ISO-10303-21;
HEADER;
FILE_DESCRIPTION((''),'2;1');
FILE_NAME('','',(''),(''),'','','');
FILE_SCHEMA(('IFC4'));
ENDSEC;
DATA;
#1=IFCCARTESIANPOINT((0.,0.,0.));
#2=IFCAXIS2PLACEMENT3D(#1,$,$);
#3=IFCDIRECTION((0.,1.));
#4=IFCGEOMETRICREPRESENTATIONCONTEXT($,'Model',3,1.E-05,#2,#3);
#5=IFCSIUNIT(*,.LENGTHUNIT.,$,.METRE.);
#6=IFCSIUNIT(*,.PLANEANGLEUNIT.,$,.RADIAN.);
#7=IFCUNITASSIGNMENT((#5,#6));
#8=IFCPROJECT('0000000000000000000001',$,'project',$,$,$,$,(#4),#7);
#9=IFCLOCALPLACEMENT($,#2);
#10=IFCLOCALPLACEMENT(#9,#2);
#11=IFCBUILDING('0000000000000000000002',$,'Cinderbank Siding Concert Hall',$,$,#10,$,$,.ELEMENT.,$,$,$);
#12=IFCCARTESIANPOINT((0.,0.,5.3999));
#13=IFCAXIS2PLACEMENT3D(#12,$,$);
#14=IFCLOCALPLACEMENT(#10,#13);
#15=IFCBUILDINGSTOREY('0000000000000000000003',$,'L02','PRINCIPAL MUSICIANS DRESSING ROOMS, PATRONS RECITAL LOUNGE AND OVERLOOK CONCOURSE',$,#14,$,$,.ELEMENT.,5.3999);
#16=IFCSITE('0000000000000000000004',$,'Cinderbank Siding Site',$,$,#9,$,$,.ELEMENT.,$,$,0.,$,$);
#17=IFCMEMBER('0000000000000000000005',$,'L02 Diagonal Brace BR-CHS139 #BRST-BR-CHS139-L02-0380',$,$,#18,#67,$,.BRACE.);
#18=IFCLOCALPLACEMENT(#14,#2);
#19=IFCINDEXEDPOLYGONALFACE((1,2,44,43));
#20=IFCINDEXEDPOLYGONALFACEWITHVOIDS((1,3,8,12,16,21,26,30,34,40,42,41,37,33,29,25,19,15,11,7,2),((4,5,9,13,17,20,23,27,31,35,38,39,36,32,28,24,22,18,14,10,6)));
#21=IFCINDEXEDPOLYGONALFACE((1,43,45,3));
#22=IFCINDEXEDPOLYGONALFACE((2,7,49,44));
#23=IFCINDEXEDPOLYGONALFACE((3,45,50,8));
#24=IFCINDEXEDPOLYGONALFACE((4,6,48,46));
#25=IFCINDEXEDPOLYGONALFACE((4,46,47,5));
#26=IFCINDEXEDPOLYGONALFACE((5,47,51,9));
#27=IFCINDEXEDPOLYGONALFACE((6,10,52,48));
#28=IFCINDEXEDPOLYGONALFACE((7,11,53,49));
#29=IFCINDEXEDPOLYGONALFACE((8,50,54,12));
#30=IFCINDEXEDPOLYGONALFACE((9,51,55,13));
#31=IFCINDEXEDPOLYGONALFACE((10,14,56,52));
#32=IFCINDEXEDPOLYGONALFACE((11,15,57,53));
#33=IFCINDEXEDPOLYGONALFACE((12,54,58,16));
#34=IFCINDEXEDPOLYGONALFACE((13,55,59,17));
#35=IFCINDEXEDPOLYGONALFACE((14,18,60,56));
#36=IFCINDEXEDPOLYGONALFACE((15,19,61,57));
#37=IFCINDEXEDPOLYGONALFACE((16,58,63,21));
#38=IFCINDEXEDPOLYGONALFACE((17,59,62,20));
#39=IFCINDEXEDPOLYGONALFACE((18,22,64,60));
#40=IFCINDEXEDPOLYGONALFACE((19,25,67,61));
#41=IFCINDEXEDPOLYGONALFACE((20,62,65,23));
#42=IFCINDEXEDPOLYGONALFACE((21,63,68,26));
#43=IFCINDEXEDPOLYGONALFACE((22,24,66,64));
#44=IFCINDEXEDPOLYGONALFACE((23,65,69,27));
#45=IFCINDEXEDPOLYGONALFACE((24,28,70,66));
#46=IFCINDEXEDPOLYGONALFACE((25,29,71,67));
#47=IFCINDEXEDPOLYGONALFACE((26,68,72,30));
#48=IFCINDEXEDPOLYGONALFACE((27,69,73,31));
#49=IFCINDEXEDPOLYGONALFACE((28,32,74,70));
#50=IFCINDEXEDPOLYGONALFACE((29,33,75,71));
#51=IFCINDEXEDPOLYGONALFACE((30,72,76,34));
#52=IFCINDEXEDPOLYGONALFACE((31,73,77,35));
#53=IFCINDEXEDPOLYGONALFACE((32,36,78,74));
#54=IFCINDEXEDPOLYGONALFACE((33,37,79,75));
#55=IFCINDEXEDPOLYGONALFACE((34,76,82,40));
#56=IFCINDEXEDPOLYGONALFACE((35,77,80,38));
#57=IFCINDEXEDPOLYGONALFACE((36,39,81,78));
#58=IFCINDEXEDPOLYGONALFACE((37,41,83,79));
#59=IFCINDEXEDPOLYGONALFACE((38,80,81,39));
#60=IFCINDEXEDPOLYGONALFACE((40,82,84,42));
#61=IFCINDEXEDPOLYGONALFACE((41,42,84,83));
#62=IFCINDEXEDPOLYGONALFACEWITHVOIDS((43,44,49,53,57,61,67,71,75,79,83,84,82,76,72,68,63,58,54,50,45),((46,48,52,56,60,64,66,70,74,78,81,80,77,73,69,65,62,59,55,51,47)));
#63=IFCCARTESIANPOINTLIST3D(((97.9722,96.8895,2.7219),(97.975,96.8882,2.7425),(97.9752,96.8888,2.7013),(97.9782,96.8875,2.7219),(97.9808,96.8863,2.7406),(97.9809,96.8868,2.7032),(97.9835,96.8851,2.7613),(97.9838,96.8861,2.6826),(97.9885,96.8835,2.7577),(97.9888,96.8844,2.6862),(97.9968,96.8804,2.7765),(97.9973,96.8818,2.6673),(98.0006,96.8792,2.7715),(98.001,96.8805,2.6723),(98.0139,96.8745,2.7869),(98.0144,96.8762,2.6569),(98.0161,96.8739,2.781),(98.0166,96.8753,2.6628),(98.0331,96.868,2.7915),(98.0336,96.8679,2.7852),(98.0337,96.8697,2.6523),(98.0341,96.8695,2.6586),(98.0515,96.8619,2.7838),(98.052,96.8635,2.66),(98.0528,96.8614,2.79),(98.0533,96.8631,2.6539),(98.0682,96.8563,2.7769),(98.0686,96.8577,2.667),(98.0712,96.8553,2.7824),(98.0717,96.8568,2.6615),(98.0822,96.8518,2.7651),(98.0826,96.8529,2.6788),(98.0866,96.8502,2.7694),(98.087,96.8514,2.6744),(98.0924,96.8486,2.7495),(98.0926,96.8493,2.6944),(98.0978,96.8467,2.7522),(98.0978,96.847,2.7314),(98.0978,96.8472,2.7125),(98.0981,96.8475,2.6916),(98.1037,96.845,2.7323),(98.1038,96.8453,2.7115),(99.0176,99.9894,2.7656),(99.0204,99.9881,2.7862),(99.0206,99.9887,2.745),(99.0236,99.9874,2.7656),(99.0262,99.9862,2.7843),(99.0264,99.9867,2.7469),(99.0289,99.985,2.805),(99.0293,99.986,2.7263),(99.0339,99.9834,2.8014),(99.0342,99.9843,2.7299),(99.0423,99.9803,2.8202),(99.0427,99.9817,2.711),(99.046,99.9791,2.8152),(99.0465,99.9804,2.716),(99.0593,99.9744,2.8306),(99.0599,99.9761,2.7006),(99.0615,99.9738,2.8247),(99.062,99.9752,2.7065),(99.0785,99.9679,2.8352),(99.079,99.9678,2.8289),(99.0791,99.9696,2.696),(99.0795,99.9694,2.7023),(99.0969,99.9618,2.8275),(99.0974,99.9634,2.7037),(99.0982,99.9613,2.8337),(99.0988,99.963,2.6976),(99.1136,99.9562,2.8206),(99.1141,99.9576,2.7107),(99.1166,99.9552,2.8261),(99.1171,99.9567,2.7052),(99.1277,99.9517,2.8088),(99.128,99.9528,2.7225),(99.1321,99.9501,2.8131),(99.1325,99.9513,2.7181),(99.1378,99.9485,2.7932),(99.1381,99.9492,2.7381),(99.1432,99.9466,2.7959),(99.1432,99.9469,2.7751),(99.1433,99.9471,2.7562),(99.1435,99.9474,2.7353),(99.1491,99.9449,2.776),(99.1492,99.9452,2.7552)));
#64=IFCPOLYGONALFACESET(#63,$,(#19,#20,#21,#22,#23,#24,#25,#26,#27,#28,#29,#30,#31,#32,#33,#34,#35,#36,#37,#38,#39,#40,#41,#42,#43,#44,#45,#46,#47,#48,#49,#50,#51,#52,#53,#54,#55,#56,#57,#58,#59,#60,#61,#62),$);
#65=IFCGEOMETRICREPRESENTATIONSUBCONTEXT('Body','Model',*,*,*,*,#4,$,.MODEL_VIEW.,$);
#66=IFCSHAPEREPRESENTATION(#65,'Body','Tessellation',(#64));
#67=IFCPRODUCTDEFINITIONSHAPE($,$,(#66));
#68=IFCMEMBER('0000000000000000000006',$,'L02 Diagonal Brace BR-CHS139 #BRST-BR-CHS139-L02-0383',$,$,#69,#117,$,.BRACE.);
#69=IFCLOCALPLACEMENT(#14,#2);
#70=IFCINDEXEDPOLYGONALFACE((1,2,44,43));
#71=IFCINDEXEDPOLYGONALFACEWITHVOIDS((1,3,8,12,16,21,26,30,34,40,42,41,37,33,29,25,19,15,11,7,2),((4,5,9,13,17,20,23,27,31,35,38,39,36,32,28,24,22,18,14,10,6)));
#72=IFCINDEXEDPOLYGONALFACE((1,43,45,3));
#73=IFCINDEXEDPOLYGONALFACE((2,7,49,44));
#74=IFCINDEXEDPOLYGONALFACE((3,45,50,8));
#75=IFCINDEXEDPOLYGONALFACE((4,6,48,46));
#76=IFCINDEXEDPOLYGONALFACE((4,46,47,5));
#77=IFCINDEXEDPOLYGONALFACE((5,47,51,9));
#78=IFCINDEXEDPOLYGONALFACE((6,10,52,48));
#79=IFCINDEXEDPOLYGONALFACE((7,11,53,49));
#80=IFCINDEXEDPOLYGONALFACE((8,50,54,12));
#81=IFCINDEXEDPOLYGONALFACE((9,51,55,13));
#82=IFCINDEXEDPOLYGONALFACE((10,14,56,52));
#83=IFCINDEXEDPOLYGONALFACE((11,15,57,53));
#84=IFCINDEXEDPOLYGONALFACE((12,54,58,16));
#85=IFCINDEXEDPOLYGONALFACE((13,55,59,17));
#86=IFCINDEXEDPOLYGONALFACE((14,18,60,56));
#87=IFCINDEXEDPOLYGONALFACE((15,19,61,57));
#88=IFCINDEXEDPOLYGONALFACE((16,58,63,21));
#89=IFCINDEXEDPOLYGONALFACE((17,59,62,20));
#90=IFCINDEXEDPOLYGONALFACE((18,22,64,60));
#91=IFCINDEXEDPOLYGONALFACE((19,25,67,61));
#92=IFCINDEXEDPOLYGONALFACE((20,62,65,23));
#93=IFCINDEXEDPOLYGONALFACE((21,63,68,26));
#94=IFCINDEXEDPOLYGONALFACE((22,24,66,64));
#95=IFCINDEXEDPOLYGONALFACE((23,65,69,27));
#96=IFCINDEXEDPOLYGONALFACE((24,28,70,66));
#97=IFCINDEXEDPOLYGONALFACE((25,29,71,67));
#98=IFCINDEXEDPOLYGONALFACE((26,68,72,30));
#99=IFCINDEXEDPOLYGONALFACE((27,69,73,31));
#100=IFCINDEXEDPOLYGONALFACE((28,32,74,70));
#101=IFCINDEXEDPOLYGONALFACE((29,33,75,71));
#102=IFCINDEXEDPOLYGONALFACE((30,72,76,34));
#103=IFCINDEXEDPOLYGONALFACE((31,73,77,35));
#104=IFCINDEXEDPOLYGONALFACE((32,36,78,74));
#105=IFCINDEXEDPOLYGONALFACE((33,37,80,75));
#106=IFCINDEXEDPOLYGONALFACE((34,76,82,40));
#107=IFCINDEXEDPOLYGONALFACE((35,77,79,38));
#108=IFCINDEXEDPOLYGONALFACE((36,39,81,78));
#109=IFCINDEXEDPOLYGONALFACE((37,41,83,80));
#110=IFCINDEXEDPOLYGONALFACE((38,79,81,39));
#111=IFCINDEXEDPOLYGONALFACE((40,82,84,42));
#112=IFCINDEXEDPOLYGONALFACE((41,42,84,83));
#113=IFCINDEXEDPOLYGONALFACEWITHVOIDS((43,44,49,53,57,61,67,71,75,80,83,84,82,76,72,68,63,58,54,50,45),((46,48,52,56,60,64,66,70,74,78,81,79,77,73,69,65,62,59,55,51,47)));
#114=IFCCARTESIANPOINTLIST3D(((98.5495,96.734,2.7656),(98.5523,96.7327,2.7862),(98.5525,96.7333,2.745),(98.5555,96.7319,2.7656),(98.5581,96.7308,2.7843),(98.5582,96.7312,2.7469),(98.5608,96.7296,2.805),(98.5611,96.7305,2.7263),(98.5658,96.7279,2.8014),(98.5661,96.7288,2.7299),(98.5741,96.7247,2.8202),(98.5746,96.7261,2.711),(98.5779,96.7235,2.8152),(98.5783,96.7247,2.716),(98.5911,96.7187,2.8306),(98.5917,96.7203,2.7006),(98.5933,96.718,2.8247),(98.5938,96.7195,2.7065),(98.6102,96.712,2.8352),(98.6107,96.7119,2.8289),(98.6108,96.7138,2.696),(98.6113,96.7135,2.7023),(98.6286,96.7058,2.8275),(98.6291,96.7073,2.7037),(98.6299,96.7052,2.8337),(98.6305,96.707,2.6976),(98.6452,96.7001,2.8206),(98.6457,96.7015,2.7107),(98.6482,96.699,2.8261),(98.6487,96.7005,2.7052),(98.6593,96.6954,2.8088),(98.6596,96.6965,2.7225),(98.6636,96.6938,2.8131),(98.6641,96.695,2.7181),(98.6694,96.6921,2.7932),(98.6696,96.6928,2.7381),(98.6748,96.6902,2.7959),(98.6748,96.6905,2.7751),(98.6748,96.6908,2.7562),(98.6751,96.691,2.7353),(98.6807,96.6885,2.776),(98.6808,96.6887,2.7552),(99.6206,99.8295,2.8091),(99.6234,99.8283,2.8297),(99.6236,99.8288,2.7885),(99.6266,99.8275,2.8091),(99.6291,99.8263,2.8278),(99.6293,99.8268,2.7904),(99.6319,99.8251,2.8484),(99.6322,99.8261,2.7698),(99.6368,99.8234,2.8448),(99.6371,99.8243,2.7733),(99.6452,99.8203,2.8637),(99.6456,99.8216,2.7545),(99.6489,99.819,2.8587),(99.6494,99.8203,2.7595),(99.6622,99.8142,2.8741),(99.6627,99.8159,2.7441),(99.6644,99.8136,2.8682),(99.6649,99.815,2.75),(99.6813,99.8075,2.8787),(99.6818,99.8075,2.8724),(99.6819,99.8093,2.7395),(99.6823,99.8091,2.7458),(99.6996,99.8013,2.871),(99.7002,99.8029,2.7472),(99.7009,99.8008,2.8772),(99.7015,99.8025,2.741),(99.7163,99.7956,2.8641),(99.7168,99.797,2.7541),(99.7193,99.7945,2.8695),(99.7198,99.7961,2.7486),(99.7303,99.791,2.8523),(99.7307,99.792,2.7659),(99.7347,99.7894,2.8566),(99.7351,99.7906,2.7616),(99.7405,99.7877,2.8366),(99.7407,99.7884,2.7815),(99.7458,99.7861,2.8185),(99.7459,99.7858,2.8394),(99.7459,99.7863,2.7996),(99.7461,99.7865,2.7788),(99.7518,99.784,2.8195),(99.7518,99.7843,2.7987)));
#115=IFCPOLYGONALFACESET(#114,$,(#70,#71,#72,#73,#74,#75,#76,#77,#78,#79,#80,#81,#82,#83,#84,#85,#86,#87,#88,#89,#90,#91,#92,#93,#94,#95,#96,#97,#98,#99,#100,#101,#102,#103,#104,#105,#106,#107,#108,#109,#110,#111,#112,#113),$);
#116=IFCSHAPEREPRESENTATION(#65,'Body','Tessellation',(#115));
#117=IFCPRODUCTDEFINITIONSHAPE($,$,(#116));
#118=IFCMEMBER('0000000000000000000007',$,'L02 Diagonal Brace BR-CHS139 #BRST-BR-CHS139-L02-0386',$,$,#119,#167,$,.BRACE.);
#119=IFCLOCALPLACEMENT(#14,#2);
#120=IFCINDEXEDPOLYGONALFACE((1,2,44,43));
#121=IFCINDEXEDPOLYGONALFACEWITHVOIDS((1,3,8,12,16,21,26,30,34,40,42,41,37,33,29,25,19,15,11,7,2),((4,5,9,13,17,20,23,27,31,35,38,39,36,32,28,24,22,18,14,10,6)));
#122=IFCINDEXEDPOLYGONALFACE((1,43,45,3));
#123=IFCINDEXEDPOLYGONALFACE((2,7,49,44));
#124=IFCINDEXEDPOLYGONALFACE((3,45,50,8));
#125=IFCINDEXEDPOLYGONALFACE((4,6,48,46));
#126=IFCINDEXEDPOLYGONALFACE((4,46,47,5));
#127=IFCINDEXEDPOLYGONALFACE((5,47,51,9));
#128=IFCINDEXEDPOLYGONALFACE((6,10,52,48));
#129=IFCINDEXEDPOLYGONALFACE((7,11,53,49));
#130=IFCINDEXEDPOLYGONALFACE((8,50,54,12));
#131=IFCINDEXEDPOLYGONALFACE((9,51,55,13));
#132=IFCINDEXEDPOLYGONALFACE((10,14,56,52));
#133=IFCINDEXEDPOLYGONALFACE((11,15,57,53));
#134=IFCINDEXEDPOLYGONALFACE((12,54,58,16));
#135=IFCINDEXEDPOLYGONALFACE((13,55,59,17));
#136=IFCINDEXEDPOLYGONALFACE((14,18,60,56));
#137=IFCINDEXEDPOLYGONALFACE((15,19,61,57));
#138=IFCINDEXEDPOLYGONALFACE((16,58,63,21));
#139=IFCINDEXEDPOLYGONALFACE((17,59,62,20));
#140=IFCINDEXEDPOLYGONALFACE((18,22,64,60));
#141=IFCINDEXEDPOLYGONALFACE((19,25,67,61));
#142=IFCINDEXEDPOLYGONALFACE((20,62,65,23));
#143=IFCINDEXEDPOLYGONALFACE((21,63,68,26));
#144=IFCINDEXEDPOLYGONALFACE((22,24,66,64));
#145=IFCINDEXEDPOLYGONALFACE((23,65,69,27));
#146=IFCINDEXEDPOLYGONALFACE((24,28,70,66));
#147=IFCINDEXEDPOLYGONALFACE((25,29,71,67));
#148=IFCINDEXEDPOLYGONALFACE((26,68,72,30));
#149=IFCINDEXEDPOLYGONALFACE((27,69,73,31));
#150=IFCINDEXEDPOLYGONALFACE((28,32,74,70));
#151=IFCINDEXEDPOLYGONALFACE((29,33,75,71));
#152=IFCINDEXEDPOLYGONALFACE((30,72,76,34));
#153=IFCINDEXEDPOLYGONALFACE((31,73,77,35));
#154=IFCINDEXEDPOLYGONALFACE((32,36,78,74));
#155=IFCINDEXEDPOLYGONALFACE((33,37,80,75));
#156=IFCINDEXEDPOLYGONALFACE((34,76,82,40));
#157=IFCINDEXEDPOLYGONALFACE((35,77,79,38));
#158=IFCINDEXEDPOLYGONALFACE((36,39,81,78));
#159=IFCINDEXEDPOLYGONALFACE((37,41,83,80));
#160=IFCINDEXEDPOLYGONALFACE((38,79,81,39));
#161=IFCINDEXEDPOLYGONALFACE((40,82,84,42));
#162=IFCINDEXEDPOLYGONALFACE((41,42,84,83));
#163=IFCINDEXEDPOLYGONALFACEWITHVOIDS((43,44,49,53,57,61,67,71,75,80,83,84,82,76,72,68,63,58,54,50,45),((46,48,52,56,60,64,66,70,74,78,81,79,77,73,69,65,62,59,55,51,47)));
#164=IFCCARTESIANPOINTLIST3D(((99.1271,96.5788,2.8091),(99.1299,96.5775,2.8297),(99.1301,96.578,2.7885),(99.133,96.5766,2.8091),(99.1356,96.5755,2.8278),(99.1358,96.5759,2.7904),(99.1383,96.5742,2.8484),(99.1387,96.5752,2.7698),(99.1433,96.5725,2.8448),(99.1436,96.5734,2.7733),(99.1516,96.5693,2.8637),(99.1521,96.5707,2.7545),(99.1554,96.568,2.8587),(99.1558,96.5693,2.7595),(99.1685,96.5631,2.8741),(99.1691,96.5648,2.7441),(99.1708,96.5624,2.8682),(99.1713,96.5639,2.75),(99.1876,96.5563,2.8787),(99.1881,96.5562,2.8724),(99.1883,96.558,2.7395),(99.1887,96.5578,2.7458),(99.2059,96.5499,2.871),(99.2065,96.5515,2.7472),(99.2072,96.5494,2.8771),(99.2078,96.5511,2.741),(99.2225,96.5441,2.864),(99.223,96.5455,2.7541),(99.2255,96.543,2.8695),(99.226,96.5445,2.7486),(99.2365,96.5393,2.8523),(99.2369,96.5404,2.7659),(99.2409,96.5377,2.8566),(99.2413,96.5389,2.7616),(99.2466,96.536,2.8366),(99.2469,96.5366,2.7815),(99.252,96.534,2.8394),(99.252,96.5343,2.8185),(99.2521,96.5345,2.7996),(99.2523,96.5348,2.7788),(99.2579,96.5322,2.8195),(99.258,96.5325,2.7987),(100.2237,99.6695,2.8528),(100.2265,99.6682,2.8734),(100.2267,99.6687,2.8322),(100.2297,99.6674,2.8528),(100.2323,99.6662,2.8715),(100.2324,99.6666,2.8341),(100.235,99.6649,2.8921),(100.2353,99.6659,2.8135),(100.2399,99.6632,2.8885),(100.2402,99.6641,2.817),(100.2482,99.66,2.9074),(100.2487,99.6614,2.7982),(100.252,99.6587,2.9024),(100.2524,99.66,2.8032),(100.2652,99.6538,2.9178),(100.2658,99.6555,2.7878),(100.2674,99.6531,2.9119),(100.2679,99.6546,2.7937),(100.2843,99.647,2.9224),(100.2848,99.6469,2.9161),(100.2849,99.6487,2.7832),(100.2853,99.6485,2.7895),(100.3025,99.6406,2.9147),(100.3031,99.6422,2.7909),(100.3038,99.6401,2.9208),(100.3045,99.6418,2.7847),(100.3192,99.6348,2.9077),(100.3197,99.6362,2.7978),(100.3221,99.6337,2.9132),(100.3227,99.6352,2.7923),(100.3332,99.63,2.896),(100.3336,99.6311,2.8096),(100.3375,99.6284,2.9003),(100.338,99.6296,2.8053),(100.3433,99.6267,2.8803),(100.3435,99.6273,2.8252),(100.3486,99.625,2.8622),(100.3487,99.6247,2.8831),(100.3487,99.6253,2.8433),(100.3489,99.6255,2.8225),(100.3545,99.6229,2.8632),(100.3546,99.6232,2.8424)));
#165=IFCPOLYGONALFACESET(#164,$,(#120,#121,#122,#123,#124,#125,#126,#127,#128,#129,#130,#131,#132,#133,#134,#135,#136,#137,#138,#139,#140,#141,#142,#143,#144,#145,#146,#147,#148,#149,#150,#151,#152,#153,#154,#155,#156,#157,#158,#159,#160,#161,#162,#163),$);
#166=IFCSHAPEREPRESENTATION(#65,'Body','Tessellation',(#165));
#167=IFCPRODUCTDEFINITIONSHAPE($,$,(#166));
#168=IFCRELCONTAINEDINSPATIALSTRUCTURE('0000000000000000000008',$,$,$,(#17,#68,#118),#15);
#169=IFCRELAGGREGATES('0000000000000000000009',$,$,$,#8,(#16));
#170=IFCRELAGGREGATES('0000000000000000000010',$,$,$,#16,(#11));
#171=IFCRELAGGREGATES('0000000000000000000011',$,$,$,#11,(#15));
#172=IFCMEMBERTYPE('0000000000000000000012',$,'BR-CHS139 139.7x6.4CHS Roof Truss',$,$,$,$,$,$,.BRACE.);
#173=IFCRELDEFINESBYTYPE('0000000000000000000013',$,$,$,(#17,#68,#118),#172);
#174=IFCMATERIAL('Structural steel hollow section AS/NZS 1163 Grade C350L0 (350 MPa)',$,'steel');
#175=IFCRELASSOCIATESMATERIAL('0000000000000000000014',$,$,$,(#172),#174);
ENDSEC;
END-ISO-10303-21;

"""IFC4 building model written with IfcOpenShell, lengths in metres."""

from ifc_helpers import new_model, si_unit, direction, frame, origin, origin_2d, place, context, subcontext, project, spatial, hollow_circle, extrude, material, material_profile, profile_set, type_object, element, save


model = new_model("IFC4")

# Units and contexts
model_context = context("Model", 3, precision=1e-05, world=origin(), true_north=direction((0.0, 1.0)))
body_context = subcontext(model_context, "Body", "Model", "MODEL_VIEW")
ifc_project = project(units=[si_unit("LENGTHUNIT", "METRE"), si_unit("PLANEANGLEUNIT", "RADIAN")], contexts=[model_context])

# Site, building, storey
site_placement = place(None, origin())
site = spatial("IfcSite", under=ifc_project, at=site_placement, Name="Cinderbank Siding Site", CompositionType="ELEMENT", RefElevation=0.0)
building_placement = place(site_placement, origin())
building = spatial("IfcBuilding", under=site, at=building_placement, Name="Cinderbank Siding Concert Hall", CompositionType="ELEMENT")
storey_placement = place(building_placement, frame((0.0, 0.0, 5.3999)))
storey = spatial("IfcBuildingStorey", under=building, at=storey_placement, Name="L02", Description="PRINCIPAL MUSICIANS DRESSING ROOMS, PATRONS RECITAL LOUNGE AND OVERLOOK CONCOURSE", CompositionType="ELEMENT", Elevation=5.3999)

# Members
ifc_material_1 = material(Name="Structural steel hollow section AS/NZS 1163 Grade C350L0 (350 MPa)", Category="steel")
ifc_material_profile_1 = material_profile(ifc_material_1, hollow_circle(Radius=0.0698, WallThickness=0.0063, at=origin_2d()), Name="139.7x6.4CHS", Category="LoadBearing")
ifc_profile_set_1 = profile_set([ifc_material_profile_1], Name="Structural steel hollow section AS/NZS 1163 Grade C350L0 (350 MPa)")
member_type_1 = type_object("IfcMemberType", Name="BR-CHS139 139.7x6.4CHS Roof Truss", PredefinedType="BRACE", material=ifc_profile_set_1)
member_1_placement = place(storey_placement, frame((98.0383, 96.8672, 2.7219), z_axis=(0.319533, 0.947481, 0.013357), x_axis=(-0.947565, 0.319562, 0.0)))
element("IfcMember", 1, at=member_1_placement, inside=storey, type_object=member_type_1, Name="L02 Diagonal Brace BR-CHS139 #BRST-BR-CHS139-L02-0380", PredefinedType="BRACE", context=body_context, shape_type="SweptSolid", body=[
    extrude(hollow_circle(Radius=0.0698, WallThickness=0.0063, at=origin_2d()), origin(), (0.0, 0.0, 1.0), 3.2717),
])
member_2_placement = place(storey_placement, frame((98.6155, 96.7112, 2.7656), z_axis=(0.326956, 0.944946, 0.013266), x_axis=(-0.945029, 0.326985, 0.0)))
element("IfcMember", 2, at=member_2_placement, inside=storey, type_object=member_type_1, Name="L02 Diagonal Brace BR-CHS139 #BRST-BR-CHS139-L02-0383", PredefinedType="BRACE", context=body_context, shape_type="SweptSolid", body=[
    extrude(hollow_circle(Radius=0.0698, WallThickness=0.0063, at=origin_2d()), origin(), (0.0, 0.0, 1.0), 3.2759),
])
member_3_placement = place(storey_placement, frame((99.1929, 96.5554, 2.8091), z_axis=(0.334363, 0.94235, 0.013324), x_axis=(-0.942434, 0.334393, 0.0)))
element("IfcMember", 3, at=member_3_placement, inside=storey, type_object=member_type_1, Name="L02 Diagonal Brace BR-CHS139 #BRST-BR-CHS139-L02-0386", PredefinedType="BRACE", context=body_context, shape_type="SweptSolid", body=[
    extrude(hollow_circle(Radius=0.0698, WallThickness=0.0063, at=origin_2d()), origin(), (0.0, 0.0, 1.0), 3.2798),
])

save(model, "model.ifc")
